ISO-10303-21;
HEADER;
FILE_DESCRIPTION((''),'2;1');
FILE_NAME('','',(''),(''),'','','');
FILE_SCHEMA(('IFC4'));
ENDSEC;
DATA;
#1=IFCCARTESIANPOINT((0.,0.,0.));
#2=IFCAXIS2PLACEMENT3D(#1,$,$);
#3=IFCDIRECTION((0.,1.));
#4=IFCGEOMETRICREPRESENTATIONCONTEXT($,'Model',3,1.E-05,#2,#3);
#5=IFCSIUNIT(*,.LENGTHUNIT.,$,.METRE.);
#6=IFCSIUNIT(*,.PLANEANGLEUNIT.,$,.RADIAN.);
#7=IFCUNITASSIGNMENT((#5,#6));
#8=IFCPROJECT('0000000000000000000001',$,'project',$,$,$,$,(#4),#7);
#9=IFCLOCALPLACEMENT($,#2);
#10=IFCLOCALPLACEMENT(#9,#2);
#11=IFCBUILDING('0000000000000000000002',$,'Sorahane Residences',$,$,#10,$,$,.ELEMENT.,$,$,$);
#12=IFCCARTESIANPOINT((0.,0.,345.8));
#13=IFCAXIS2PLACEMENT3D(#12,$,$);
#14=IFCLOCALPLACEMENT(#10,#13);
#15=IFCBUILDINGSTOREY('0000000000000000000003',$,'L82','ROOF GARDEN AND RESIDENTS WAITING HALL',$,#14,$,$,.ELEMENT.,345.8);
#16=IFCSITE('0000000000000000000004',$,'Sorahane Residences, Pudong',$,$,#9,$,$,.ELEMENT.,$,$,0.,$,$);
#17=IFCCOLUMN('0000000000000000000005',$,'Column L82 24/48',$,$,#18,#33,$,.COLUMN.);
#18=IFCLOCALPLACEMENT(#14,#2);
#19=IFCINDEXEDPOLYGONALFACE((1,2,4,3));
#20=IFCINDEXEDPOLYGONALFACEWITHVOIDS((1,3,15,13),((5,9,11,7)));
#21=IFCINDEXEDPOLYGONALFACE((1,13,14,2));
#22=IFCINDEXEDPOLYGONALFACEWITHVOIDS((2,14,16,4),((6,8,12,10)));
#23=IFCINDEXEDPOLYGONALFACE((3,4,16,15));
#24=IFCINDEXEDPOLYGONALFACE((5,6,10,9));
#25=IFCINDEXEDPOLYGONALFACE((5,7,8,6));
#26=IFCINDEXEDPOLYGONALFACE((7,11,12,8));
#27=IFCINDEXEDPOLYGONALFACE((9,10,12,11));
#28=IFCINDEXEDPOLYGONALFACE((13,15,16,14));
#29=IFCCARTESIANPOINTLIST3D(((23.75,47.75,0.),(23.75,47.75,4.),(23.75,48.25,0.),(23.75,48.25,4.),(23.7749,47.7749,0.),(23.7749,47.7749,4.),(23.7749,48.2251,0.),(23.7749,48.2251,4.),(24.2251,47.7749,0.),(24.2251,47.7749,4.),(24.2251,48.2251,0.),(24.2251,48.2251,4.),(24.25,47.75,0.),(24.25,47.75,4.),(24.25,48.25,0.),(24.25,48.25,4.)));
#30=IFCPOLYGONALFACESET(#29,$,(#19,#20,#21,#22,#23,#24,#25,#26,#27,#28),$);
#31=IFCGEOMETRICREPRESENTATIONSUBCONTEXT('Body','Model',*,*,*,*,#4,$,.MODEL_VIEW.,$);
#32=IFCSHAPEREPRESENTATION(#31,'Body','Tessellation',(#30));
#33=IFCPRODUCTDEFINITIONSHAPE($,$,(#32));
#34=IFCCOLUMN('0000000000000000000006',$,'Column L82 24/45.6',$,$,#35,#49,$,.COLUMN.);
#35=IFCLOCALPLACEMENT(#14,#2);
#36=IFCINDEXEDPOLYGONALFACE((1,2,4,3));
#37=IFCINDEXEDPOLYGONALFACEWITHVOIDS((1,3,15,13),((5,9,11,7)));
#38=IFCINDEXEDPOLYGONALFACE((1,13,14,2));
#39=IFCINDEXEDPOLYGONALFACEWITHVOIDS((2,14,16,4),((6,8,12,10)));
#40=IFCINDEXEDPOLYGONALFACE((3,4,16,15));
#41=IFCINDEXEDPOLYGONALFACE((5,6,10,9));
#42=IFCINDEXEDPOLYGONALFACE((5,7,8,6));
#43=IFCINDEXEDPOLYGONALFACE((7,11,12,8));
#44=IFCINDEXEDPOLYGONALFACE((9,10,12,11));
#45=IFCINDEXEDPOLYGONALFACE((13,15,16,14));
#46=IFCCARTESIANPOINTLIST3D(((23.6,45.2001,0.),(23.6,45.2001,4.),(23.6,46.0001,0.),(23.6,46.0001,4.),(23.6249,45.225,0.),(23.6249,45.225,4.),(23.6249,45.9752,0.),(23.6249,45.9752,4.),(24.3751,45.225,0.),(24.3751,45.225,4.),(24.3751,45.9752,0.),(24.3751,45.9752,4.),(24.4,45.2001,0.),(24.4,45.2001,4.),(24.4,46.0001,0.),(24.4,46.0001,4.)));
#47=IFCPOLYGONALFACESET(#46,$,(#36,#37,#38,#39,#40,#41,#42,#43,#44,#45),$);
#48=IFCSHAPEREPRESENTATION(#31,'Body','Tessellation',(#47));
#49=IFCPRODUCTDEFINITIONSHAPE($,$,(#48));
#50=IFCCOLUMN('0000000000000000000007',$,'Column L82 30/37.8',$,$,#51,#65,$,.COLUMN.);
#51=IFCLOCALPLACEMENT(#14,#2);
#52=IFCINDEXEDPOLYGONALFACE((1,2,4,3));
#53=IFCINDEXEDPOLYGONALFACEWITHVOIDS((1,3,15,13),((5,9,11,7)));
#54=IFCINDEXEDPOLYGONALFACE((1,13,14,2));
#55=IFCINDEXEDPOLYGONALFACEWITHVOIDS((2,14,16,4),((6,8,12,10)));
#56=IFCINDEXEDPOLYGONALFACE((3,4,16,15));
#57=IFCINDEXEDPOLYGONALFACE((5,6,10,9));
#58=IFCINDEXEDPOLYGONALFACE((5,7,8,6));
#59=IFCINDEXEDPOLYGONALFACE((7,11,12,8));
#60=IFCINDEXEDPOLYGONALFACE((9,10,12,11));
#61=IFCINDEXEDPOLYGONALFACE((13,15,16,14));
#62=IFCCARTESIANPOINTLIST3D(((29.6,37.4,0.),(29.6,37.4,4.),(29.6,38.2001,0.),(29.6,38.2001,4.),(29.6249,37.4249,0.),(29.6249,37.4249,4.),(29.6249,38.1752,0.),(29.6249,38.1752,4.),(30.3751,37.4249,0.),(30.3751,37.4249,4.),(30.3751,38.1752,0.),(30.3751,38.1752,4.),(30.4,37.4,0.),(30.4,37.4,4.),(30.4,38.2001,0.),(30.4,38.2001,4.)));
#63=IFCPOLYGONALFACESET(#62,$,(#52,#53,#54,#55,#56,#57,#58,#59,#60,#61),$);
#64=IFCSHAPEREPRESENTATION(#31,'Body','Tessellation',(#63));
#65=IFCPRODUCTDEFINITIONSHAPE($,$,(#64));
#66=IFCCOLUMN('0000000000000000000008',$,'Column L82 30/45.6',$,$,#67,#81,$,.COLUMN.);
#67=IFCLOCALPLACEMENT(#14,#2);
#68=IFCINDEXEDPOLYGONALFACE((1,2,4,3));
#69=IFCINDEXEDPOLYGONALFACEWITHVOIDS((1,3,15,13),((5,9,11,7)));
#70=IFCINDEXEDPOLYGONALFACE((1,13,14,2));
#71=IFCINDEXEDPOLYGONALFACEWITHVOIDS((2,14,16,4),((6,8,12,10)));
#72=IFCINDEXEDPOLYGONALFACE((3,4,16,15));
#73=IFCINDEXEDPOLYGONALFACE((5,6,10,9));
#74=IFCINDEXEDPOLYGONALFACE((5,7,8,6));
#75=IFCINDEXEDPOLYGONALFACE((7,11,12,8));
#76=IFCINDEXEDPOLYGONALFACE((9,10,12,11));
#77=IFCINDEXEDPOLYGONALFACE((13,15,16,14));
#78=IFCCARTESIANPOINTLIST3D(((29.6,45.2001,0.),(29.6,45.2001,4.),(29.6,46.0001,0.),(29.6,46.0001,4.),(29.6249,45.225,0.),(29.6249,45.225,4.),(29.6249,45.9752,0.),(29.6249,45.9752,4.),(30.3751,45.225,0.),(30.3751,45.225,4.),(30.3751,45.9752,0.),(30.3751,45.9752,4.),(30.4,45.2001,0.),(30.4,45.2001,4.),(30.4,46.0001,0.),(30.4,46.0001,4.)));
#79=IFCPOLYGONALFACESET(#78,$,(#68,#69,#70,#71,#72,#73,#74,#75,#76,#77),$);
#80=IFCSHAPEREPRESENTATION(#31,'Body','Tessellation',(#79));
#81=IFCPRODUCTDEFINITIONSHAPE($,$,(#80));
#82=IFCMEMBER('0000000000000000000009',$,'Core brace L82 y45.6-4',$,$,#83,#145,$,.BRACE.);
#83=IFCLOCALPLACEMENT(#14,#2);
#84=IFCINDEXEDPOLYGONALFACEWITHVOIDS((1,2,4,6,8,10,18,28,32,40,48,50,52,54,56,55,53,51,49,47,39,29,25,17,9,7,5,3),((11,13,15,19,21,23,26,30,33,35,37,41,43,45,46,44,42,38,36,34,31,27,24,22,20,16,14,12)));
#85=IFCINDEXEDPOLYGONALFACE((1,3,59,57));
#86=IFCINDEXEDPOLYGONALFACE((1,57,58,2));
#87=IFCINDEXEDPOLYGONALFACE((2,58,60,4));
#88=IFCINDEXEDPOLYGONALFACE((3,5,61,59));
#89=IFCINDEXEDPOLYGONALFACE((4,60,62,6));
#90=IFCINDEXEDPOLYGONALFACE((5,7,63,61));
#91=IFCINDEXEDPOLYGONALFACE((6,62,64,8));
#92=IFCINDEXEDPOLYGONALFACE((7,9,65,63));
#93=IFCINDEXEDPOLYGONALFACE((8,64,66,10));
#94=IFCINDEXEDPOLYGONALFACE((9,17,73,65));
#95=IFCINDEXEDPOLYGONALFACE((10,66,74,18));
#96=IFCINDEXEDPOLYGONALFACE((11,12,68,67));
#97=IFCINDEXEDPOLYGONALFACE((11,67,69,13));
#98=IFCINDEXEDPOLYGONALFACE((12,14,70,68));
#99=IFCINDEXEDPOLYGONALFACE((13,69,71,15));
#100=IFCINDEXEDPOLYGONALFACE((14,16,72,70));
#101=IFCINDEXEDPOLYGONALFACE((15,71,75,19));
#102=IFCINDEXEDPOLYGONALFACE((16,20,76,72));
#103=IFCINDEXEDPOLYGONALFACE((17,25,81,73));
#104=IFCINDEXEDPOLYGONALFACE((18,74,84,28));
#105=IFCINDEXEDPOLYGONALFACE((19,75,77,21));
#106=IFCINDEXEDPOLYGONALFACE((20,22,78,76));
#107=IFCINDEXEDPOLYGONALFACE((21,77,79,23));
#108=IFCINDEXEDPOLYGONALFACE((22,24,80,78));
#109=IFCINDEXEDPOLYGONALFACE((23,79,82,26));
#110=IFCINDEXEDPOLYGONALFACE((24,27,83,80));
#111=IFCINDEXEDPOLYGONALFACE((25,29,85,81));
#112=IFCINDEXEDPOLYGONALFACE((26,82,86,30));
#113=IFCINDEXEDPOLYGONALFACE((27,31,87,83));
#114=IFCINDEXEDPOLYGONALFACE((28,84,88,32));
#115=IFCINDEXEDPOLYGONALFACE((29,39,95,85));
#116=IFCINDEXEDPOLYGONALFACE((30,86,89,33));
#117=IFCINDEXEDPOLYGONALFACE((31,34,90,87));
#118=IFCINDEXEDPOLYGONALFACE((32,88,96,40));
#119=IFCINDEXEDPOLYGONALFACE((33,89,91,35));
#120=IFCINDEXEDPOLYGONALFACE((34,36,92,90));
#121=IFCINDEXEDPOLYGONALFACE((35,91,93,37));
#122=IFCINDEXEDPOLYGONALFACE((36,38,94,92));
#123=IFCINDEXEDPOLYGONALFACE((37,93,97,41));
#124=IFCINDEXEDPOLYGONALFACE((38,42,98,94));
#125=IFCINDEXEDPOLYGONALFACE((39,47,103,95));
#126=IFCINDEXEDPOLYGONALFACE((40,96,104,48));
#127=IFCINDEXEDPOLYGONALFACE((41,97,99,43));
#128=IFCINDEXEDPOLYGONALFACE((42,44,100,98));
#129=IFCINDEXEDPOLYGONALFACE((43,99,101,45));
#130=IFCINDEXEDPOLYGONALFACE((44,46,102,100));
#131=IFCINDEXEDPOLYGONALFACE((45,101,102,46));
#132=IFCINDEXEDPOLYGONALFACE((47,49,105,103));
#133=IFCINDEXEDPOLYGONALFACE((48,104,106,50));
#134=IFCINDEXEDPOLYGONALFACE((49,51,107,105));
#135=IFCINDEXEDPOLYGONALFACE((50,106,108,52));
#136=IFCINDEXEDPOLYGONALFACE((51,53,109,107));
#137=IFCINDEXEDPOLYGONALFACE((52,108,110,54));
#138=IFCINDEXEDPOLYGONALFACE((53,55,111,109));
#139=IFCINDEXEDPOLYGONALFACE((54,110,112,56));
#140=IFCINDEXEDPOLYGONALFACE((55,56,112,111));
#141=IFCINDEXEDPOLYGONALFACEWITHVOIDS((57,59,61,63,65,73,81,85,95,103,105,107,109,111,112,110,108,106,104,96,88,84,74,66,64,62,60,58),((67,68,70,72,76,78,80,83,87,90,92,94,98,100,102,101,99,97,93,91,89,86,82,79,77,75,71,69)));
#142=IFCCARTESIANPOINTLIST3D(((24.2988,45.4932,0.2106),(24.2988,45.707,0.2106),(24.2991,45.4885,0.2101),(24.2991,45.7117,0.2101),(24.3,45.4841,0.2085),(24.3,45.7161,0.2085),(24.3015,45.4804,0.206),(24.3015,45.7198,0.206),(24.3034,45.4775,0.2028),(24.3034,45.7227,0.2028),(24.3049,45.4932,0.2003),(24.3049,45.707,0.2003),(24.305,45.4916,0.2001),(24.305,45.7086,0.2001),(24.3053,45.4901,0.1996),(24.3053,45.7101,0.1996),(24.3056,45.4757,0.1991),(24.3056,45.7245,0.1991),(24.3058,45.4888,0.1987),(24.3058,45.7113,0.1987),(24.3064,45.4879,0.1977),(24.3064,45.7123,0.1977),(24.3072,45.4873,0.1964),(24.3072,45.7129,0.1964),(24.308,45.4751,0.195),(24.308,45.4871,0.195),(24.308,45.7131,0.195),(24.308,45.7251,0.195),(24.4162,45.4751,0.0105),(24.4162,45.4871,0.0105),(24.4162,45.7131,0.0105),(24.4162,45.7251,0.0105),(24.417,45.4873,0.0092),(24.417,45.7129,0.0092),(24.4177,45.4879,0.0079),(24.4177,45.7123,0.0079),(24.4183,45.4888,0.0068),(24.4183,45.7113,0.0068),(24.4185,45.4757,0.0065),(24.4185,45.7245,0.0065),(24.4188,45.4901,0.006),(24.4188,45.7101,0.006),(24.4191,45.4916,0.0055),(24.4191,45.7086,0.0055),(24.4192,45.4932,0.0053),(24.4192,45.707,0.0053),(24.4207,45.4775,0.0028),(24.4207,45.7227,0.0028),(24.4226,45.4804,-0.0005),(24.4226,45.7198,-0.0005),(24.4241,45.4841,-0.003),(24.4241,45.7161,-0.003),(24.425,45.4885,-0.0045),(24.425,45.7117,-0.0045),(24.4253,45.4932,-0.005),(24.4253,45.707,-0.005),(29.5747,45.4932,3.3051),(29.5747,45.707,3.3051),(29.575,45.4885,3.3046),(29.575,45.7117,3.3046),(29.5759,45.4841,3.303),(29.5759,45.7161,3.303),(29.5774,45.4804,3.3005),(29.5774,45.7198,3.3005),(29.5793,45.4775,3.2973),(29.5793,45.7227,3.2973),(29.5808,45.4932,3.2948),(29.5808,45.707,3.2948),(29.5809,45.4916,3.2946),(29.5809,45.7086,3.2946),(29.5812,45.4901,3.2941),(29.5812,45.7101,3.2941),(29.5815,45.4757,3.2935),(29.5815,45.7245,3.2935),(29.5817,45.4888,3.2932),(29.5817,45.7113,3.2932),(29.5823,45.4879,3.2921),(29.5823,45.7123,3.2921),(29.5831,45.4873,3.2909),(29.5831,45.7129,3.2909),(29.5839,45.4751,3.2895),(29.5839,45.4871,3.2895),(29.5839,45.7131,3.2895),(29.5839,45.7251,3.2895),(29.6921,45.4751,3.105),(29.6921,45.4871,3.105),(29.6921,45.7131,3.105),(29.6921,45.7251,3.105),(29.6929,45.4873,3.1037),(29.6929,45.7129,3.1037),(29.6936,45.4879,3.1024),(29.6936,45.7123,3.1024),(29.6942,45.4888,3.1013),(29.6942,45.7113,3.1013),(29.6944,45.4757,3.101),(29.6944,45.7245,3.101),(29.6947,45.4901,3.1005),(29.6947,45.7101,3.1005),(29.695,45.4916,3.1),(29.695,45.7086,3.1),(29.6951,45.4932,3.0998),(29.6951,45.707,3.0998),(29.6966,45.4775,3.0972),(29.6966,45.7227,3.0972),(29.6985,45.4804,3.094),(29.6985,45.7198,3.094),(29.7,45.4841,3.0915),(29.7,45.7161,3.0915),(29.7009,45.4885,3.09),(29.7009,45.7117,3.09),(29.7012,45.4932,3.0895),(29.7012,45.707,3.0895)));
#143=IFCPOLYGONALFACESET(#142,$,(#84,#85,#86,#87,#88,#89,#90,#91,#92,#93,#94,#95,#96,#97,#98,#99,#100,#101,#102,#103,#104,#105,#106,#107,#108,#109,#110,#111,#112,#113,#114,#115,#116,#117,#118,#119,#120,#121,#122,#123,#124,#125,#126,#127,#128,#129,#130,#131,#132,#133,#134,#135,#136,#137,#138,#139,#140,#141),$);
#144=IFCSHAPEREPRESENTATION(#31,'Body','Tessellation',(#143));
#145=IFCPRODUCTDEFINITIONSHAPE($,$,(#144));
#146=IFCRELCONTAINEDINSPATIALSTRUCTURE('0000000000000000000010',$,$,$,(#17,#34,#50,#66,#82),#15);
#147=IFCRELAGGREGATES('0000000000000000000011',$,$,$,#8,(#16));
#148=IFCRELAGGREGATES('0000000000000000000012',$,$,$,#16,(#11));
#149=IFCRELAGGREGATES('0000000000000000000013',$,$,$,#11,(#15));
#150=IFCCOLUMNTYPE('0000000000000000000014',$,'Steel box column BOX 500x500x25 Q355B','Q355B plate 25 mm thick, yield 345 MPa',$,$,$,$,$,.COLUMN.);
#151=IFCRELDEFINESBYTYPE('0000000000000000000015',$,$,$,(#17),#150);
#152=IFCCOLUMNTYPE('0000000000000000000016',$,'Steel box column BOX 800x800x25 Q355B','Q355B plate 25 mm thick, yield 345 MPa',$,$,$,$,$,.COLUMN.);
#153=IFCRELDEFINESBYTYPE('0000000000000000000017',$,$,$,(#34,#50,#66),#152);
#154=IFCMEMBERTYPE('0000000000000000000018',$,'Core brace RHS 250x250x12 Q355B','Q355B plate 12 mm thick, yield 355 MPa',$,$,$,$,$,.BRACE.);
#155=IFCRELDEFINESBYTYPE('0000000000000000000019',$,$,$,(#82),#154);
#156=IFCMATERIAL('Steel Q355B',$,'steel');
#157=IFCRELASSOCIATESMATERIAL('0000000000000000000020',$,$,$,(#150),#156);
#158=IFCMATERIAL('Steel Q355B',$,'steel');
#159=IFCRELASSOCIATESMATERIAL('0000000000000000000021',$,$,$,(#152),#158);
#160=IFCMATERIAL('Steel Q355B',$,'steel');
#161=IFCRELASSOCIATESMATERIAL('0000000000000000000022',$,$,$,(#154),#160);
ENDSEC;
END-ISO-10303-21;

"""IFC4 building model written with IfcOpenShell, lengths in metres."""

from ifc_helpers import new_model, si_unit, direction, frame, origin, origin_2d, place, context, subcontext, project, spatial, hollow_rectangle, extrude, material, material_profile, profile_set, type_object, element, save


model = new_model("IFC4")

# Units and contexts
model_context = context("Model", 3, precision=1e-05, world=origin(), true_north=direction((0.0, 1.0)))
body_context = subcontext(model_context, "Body", "Model", "MODEL_VIEW")
ifc_project = project(units=[si_unit("LENGTHUNIT", "METRE"), si_unit("PLANEANGLEUNIT", "RADIAN")], contexts=[model_context])

# Site, building, storey
site_placement = place(None, origin())
site = spatial("IfcSite", under=ifc_project, at=site_placement, Name="Sorahane Residences, Pudong", CompositionType="ELEMENT", RefElevation=0.0)
building_placement = place(site_placement, origin())
building = spatial("IfcBuilding", under=site, at=building_placement, Name="Sorahane Residences", CompositionType="ELEMENT")
storey_placement = place(building_placement, frame((0.0, 0.0, 345.8)))
storey = spatial("IfcBuildingStorey", under=building, at=storey_placement, Name="L82", Description="ROOF GARDEN AND RESIDENTS WAITING HALL", CompositionType="ELEMENT", Elevation=345.8)

# Columns
ifc_material_1 = material(Name="Steel Q355B", Category="steel")
ifc_material_profile_1 = material_profile(ifc_material_1, hollow_rectangle(XDim=0.5, YDim=0.5, WallThickness=0.0249, at=origin_2d()), Name="BOX 500x500x25")
ifc_profile_set_1 = profile_set([ifc_material_profile_1], Name="Steel Q355B")
column_type_1 = type_object("IfcColumnType", Name="Steel box column BOX 500x500x25 Q355B", Description="Q355B plate 25 mm thick, yield 345 MPa", PredefinedType="COLUMN", material=ifc_profile_set_1)
column_placement = place(storey_placement, frame((24.0, 48.0, 0.0), z_axis=(0.0, 0.0, 1.0), x_axis=(1.0, 0.0, 0.0)))
element("IfcColumn", 1, at=column_placement, inside=storey, type_object=column_type_1, Name="Column L82 24/48", PredefinedType="COLUMN", context=body_context, shape_type="SweptSolid", body=[
    extrude(hollow_rectangle(XDim=0.5, YDim=0.5, WallThickness=0.0249, at=origin_2d()), origin(), (0.0, 0.0, 1.0), 4.0),
])
ifc_material_2 = material(Name="Steel Q355B", Category="steel")
ifc_material_profile_2 = material_profile(ifc_material_2, hollow_rectangle(XDim=0.8, YDim=0.8, WallThickness=0.0249, at=origin_2d()), Name="BOX 800x800x25")
ifc_profile_set_2 = profile_set([ifc_material_profile_2], Name="Steel Q355B")
column_type_2 = type_object("IfcColumnType", Name="Steel box column BOX 800x800x25 Q355B", Description="Q355B plate 25 mm thick, yield 345 MPa", PredefinedType="COLUMN", material=ifc_profile_set_2)
for number, where, z_axis, x_axis, name in (
    (2, (24.0, 45.6001, 0.0), (0.0, 0.0, 1.0), (1.0, 0.0, 0.0), "Column L82 24/45.6"),
    (3, (30.0, 37.8, 0.0), (0.0, 0.0, 1.0), (1.0, 0.0, 0.0), "Column L82 30/37.8"),
    (4, (30.0, 45.6001, 0.0), (0.0, 0.0, 1.0), (1.0, 0.0, 0.0), "Column L82 30/45.6"),
):
    element("IfcColumn", number, at=place(storey_placement, frame(where, z_axis=z_axis, x_axis=x_axis)), inside=storey, type_object=column_type_2, Name=name, PredefinedType="COLUMN", context=body_context, shape_type="SweptSolid", body=[
        extrude(hollow_rectangle(XDim=0.8, YDim=0.8, WallThickness=0.0249, at=origin_2d()), origin(), (0.0, 0.0, 1.0), 4.0),
    ])

# Member
ifc_material_3 = material(Name="Steel Q355B", Category="steel")
ifc_material_profile_3 = material_profile(ifc_material_3, hollow_rectangle(XDim=0.25, YDim=0.25, WallThickness=0.012, InnerFilletRadius=0.0061, OuterFilletRadius=0.0181, at=origin_2d()), Name="RHS 250x250x12")
ifc_profile_set_3 = profile_set([ifc_material_profile_3], Name="Steel Q355B")
member_type_1 = type_object("IfcMemberType", Name="Core brace RHS 250x250x12 Q355B", Description="Q355B plate 12 mm thick, yield 355 MPa", PredefinedType="BRACE", material=ifc_profile_set_3)
member_1_placement = place(storey_placement, frame((24.3621, 45.6001, 0.1028), z_axis=(0.862575, 0.0, 0.505929), x_axis=(0.0, 1.0, 0.0)))
element("IfcMember", 5, at=member_1_placement, inside=storey, type_object=member_type_1, Name="Core brace L82 y45.6-4", PredefinedType="BRACE", context=body_context, shape_type="SweptSolid", body=[
    extrude(hollow_rectangle(XDim=0.25, YDim=0.25, WallThickness=0.012, InnerFilletRadius=0.0061, OuterFilletRadius=0.0181, at=origin_2d()), origin(), (0.0, 0.0, 1.0), 6.1165),
])

save(model, "model.ifc")
